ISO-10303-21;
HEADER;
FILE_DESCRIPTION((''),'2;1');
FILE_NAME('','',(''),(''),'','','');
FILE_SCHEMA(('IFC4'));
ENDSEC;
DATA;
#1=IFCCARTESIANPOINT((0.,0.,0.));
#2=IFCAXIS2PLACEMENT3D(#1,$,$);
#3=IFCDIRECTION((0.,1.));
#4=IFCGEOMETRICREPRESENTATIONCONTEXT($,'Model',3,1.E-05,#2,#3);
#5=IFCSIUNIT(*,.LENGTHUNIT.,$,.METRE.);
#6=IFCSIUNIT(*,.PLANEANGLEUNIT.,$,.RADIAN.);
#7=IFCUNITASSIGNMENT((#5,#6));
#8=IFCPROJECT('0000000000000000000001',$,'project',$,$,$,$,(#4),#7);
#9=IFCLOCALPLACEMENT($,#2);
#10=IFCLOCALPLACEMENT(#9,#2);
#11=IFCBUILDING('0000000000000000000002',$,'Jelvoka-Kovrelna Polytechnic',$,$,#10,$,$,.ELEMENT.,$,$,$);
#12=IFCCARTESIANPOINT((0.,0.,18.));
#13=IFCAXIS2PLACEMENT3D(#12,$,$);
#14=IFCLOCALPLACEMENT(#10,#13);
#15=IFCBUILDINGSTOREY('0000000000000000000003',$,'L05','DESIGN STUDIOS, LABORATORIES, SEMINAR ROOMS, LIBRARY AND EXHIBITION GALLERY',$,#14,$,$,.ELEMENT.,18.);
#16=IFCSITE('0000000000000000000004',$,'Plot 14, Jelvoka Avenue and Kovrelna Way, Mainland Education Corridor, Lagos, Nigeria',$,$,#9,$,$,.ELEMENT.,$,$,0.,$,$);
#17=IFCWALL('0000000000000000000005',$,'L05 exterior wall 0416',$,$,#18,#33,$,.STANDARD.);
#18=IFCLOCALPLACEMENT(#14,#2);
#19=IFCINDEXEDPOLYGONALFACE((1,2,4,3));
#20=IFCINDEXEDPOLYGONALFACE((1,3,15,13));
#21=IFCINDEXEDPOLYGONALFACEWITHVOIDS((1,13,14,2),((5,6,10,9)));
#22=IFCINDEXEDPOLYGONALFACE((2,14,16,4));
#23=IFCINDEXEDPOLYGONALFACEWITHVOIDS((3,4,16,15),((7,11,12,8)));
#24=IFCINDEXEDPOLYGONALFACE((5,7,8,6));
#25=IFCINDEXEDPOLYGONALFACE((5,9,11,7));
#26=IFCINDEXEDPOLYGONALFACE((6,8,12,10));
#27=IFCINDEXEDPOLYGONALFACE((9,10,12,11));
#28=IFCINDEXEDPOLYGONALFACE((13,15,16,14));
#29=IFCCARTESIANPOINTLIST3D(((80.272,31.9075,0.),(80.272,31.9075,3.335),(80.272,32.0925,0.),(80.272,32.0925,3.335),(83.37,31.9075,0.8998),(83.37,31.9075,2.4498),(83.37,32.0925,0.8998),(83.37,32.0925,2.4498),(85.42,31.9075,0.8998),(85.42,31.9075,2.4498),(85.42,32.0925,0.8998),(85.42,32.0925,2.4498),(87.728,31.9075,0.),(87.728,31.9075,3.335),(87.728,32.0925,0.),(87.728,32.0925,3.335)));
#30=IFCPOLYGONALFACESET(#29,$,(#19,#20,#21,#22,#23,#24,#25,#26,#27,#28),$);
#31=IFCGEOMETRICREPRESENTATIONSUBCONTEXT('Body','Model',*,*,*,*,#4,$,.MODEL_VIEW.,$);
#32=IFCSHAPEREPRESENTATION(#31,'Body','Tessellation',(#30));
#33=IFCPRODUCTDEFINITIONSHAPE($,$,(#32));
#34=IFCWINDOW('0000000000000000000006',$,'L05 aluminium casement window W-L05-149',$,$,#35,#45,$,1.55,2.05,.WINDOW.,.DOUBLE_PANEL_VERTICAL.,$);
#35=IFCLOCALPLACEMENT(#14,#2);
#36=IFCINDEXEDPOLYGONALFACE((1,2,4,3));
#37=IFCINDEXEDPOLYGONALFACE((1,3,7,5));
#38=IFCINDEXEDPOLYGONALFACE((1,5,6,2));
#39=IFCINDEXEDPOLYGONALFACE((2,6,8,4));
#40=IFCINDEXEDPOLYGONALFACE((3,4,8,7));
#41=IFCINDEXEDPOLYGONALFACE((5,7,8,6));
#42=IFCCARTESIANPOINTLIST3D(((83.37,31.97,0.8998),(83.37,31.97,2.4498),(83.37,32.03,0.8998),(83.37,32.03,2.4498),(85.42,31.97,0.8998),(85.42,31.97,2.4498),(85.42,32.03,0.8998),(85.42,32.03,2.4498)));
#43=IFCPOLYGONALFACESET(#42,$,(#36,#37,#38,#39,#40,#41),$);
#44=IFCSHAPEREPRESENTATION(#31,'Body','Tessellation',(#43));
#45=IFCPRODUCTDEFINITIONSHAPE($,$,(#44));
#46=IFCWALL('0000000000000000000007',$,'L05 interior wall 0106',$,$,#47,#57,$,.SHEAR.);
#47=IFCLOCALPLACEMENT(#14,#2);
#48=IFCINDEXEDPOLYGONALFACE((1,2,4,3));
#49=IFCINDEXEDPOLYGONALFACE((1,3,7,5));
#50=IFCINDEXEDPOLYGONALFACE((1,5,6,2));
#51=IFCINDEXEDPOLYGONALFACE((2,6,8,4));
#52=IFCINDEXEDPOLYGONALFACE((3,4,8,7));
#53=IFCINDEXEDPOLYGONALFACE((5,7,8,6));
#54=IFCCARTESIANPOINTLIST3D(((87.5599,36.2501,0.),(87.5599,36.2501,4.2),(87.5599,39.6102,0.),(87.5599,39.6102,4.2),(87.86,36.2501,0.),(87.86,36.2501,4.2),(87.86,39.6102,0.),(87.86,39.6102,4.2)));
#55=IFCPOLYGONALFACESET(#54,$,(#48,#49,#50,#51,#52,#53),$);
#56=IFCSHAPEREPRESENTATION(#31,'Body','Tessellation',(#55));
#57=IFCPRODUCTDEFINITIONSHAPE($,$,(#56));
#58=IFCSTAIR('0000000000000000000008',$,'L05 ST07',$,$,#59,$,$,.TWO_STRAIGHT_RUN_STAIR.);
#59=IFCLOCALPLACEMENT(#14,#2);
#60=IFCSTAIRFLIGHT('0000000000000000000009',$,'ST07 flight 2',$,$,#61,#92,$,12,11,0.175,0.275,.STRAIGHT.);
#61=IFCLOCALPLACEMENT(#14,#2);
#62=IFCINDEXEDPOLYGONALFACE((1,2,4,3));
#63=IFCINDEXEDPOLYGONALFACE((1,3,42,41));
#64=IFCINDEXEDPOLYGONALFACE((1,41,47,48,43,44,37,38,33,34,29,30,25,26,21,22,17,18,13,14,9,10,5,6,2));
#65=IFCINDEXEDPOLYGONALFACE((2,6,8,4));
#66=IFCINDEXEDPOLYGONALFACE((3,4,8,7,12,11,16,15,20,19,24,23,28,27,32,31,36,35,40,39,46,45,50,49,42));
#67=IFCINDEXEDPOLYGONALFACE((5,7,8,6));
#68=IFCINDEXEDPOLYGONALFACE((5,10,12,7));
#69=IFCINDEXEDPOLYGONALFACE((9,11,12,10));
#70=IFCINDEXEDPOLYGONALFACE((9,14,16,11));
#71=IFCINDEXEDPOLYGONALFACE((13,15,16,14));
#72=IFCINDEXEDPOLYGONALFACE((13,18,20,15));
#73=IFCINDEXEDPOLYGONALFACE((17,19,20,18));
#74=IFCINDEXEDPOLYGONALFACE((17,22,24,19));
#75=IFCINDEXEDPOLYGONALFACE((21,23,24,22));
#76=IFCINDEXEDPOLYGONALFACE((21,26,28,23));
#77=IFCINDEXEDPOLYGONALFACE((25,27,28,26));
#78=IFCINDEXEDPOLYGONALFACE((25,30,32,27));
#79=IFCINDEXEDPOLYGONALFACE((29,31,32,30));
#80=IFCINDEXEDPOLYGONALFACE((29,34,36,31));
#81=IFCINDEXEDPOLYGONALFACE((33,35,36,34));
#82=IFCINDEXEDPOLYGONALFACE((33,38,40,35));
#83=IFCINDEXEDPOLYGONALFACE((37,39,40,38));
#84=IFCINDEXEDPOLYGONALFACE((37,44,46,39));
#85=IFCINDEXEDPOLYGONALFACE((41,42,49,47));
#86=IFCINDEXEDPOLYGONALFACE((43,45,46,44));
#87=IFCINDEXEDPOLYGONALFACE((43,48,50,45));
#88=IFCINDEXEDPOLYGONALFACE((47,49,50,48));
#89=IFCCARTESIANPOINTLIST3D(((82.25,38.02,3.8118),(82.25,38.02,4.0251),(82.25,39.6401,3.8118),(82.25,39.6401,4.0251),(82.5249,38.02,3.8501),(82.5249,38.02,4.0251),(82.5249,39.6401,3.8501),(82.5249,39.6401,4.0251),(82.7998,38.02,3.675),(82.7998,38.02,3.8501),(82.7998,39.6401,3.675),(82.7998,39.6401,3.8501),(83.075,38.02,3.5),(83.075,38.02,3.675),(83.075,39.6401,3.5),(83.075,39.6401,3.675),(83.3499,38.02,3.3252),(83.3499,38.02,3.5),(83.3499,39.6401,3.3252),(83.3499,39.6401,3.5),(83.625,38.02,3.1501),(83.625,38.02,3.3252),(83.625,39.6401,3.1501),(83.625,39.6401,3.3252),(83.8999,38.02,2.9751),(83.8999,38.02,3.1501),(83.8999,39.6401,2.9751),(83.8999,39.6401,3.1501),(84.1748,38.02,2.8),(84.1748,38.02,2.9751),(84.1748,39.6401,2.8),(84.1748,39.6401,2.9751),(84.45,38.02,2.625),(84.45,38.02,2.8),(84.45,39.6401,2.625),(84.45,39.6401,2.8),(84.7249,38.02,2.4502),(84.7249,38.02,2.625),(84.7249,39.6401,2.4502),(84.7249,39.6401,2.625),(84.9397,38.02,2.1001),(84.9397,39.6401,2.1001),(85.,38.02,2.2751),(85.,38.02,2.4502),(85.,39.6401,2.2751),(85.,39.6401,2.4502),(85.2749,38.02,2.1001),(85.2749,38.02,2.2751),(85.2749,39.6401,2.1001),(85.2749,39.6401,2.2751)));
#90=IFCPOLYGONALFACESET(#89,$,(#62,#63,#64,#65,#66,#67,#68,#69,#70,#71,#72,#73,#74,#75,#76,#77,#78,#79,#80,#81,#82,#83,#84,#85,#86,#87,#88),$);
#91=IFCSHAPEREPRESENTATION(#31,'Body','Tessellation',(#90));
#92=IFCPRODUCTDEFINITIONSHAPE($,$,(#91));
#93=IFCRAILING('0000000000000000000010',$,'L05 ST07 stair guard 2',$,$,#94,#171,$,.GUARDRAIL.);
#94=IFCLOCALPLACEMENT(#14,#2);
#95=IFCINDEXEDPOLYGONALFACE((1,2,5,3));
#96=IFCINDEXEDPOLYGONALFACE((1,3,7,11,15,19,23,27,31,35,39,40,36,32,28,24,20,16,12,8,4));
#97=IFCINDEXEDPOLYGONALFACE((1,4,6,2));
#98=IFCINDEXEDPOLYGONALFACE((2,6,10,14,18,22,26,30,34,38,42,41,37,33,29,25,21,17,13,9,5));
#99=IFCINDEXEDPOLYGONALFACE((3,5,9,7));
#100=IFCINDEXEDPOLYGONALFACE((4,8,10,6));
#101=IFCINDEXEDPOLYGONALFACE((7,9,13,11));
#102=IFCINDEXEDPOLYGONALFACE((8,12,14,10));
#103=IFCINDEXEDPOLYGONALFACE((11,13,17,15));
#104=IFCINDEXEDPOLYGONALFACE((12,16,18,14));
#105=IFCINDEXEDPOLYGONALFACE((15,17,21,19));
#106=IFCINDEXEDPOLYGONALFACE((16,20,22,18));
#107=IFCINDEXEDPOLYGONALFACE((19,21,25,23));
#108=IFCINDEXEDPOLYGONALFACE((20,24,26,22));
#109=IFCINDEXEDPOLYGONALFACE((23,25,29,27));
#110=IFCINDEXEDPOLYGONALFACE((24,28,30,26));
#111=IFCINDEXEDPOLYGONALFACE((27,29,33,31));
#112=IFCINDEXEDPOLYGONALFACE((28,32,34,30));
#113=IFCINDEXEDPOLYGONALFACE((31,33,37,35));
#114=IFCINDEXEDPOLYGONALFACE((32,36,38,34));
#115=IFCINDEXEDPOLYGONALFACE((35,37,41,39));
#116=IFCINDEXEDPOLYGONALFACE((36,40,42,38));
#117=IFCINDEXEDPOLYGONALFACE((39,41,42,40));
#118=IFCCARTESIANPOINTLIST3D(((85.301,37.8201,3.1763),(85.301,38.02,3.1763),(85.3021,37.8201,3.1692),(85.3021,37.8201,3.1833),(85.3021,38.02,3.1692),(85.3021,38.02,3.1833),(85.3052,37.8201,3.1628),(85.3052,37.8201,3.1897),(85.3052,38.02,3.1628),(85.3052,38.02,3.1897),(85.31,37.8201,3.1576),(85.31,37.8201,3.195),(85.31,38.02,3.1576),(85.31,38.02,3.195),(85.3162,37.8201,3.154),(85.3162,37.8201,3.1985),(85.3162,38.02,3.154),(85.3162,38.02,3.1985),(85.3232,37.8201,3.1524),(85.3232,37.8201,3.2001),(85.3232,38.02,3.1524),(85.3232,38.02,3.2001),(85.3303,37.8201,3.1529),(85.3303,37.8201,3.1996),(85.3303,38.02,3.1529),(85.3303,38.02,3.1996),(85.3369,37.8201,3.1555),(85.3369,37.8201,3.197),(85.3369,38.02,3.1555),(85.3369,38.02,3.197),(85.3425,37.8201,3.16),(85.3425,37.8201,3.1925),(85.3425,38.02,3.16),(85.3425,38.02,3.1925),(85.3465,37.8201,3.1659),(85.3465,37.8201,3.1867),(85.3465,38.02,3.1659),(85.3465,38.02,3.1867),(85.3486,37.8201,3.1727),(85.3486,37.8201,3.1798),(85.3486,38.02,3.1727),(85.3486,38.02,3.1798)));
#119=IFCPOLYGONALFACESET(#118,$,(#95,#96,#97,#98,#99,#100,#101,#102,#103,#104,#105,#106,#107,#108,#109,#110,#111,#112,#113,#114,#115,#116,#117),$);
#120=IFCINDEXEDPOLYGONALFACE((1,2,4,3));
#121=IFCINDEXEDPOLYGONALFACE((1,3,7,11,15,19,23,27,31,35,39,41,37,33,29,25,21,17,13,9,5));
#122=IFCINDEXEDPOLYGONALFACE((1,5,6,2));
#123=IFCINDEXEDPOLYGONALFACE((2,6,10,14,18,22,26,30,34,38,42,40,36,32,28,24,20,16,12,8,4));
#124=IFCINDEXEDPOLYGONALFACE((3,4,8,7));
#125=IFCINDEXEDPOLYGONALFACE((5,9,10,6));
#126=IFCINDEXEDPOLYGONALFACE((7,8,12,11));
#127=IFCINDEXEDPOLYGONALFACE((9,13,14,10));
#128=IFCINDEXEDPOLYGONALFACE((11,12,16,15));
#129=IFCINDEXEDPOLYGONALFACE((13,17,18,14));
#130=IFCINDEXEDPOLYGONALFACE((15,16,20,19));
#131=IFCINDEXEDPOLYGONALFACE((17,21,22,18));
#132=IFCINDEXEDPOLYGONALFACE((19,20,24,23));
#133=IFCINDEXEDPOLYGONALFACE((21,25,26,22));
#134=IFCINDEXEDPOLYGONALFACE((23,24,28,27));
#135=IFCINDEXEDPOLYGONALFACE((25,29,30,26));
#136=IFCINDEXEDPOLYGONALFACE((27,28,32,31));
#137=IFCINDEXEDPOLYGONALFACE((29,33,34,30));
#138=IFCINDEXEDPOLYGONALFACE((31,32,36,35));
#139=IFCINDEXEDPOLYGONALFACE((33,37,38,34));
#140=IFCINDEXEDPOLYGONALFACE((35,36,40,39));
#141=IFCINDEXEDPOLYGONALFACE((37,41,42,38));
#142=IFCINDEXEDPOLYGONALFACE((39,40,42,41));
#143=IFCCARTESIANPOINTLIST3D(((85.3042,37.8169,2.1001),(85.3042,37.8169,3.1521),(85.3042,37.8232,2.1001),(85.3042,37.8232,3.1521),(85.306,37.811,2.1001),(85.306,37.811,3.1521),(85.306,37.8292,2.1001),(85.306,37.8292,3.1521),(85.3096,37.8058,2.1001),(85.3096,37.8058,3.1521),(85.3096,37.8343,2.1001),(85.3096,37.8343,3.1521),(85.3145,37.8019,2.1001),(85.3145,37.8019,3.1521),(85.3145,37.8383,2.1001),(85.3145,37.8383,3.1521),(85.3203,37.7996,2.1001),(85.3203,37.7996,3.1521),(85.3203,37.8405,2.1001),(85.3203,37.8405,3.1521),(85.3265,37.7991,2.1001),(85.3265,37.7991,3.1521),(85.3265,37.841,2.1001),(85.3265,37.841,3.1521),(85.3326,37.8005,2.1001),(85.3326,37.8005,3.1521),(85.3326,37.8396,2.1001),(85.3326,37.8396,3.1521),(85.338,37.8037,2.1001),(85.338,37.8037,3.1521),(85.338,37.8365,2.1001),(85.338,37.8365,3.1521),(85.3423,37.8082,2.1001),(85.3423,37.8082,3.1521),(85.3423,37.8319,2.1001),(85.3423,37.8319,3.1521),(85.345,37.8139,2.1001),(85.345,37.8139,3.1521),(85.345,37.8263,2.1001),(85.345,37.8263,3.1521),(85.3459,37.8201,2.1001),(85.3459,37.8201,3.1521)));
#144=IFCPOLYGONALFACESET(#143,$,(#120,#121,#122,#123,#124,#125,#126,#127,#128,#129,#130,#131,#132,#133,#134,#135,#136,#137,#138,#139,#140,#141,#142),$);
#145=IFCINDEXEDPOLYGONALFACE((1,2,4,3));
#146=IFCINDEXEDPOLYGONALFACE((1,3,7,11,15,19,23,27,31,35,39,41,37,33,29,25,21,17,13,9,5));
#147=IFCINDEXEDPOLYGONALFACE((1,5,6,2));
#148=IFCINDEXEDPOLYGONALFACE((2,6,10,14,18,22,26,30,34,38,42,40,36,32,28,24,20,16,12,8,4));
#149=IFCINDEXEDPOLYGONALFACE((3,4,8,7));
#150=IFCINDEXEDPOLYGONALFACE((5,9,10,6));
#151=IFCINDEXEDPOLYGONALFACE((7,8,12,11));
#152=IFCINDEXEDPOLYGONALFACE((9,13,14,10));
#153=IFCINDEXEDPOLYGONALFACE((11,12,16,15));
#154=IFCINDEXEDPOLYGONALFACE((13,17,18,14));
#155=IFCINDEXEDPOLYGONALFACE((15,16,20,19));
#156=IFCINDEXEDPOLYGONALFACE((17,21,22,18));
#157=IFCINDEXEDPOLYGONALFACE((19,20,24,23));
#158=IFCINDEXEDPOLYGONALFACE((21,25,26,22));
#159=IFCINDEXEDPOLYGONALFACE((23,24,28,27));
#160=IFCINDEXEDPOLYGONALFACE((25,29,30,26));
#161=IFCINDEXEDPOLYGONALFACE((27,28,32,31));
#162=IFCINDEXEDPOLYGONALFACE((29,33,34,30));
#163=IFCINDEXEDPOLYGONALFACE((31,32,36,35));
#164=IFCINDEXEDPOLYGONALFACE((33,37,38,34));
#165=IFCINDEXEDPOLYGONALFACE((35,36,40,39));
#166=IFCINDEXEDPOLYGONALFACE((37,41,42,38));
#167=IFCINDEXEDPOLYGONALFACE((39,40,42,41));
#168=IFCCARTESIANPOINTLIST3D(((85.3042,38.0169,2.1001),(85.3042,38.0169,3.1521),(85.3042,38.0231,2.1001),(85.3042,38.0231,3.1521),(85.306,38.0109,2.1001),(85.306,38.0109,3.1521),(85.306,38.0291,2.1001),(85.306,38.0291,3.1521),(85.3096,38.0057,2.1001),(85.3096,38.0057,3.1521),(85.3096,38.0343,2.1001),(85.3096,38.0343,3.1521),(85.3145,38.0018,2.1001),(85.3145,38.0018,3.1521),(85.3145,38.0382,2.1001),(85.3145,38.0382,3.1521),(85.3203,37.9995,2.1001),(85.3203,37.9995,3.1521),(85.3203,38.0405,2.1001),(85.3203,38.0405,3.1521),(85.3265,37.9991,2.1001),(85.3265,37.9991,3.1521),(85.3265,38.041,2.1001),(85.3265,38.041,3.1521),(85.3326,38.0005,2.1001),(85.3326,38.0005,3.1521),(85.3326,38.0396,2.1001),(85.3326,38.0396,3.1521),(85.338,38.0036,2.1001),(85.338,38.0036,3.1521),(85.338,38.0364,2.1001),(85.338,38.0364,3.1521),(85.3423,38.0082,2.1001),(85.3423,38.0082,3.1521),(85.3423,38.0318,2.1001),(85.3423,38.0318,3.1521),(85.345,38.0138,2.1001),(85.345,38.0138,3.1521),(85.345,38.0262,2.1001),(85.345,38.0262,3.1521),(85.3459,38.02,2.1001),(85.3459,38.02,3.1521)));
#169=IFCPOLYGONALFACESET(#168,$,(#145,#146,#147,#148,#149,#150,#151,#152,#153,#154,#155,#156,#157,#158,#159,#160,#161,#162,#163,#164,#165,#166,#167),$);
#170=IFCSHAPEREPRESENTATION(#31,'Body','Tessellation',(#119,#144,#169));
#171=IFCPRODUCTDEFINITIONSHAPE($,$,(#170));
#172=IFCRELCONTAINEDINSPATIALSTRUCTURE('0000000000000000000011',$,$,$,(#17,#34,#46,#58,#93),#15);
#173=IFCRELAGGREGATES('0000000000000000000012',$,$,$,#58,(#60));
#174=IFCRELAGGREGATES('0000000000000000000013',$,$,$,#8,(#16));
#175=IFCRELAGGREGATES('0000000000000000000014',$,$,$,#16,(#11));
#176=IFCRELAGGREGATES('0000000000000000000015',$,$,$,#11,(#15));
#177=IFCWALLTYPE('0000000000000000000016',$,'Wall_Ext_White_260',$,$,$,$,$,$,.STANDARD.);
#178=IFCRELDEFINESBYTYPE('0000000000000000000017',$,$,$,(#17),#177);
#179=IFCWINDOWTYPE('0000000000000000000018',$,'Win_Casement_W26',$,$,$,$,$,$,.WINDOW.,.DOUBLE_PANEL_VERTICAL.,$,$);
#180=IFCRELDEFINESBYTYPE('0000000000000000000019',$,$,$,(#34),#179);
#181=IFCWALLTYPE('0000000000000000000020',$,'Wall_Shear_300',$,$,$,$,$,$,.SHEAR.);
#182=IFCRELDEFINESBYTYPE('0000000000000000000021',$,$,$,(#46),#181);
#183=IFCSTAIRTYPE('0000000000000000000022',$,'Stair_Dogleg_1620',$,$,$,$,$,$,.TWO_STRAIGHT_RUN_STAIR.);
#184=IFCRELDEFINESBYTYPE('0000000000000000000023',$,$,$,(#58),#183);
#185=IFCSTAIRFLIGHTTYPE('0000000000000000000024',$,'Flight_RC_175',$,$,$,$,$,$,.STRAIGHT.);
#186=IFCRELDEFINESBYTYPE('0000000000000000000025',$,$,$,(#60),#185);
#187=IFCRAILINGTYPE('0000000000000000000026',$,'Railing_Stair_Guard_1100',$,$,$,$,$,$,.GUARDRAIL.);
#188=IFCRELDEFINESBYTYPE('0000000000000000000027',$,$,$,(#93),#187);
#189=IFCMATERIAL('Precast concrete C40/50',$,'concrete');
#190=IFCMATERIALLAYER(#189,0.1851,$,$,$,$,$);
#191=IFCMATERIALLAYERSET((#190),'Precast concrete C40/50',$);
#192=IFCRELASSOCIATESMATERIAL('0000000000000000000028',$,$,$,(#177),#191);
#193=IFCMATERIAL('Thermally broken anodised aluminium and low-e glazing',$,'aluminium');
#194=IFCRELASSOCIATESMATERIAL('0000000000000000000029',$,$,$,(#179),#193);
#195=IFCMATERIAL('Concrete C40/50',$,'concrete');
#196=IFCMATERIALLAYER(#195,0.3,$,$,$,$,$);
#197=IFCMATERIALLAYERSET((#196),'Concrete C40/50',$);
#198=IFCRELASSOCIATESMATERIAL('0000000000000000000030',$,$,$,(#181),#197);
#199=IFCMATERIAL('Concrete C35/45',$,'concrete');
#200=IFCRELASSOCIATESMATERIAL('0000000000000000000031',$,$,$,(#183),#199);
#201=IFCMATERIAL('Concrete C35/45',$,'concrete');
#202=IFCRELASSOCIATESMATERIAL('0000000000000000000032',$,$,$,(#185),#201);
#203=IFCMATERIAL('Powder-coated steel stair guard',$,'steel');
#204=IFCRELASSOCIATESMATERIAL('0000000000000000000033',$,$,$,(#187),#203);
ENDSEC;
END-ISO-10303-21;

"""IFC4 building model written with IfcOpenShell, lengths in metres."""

from ifc_helpers import new_model, si_unit, direction, frame, frame_2d, origin, origin_2d, place, context, subcontext, project, spatial, polyline, rectangle, circle, outline, extrude, material, layer, layer_set, type_object, element, fill, aggregate, save


model = new_model("IFC4")

# Units and contexts
model_context = context("Model", 3, precision=1e-05, world=origin(), true_north=direction((0.0, 1.0)))
body_context = subcontext(model_context, "Body", "Model", "MODEL_VIEW")
ifc_project = project(units=[si_unit("LENGTHUNIT", "METRE"), si_unit("PLANEANGLEUNIT", "RADIAN")], contexts=[model_context])

# Site, building, storey
site_placement = place(None, origin())
site = spatial("IfcSite", under=ifc_project, at=site_placement, Name="Plot 14, Jelvoka Avenue and Kovrelna Way, Mainland Education Corridor, Lagos, Nigeria", CompositionType="ELEMENT", RefElevation=0.0)
building_placement = place(site_placement, origin())
building = spatial("IfcBuilding", under=site, at=building_placement, Name="Jelvoka-Kovrelna Polytechnic", CompositionType="ELEMENT")
storey_placement = place(building_placement, frame((0.0, 0.0, 18.0)))
storey = spatial("IfcBuildingStorey", under=building, at=storey_placement, Name="L05", Description="DESIGN STUDIOS, LABORATORIES, SEMINAR ROOMS, LIBRARY AND EXHIBITION GALLERY", CompositionType="ELEMENT", Elevation=18.0)

# Wall, opening, window
ifc_material_1 = material(Name="Precast concrete C40/50", Category="concrete")
ifc_layer_1 = layer(ifc_material_1, 0.1851)
ifc_layer_set_1 = layer_set([ifc_layer_1], Name="Precast concrete C40/50")
wall_type_1 = type_object("IfcWallType", Name="Wall_Ext_White_260", PredefinedType="STANDARD", material=ifc_layer_set_1)
wall_1_placement = place(storey_placement, frame((87.728, 32.0, 0.0), z_axis=(0.0, 0.0, 1.0), x_axis=(-1.0, 0.0, 0.0)))
wall_1 = element("IfcWall", 1, at=wall_1_placement, inside=storey, type_object=wall_type_1, Name="L05 exterior wall 0416", PredefinedType="STANDARD", context=body_context, shape_type="SweptSolid", body=[
    extrude(rectangle(XDim=7.4561, YDim=0.1851, at=frame_2d((3.728, 0.0))), origin(), (0.0, 0.0, 1.0), 3.335),
])
opening_1_placement = place(wall_1_placement, frame((2.3081, 0.0, 0.8999)))
opening_1 = element("IfcOpeningElement", 2, at=opening_1_placement, cuts=wall_1, PredefinedType="OPENING", context=body_context, shape_type="SweptSolid", body=[
    extrude(rectangle(XDim=2.05, YDim=1.55, at=frame_2d((1.0249, 0.7749))), frame((0.0, 0.1025, 0.0), z_axis=(0.0, -1.0, 0.0), x_axis=(1.0, 0.0, 0.0)), (0.0, 0.0, 1.0), 0.2051),
])
ifc_material_2 = material(Name="Thermally broken anodised aluminium and low-e glazing", Category="aluminium")
window_type = type_object("IfcWindowType", Name="Win_Casement_W26", PartitioningType="DOUBLE_PANEL_VERTICAL", PredefinedType="WINDOW", material=ifc_material_2)
window_placement = place(opening_1_placement, origin())
window = element("IfcWindow", 3, at=window_placement, inside=storey, type_object=window_type, Name="L05 aluminium casement window W-L05-149", OverallHeight=1.55, OverallWidth=2.05, PartitioningType="DOUBLE_PANEL_VERTICAL", PredefinedType="WINDOW", context=body_context, shape_type="SweptSolid", body=[
    extrude(rectangle(XDim=2.05, YDim=1.55, at=frame_2d((1.0249, 0.7749))), frame((0.0, 0.03, 0.0), z_axis=(0.0, -1.0, 0.0), x_axis=(1.0, 0.0, 0.0)), (0.0, 0.0, 1.0), 0.0601),
])
fill(opening_1, window)

# Wall
ifc_material_3 = material(Name="Concrete C40/50", Category="concrete")
ifc_layer_2 = layer(ifc_material_3, 0.3)
ifc_layer_set_2 = layer_set([ifc_layer_2], Name="Concrete C40/50")
wall_type_2 = type_object("IfcWallType", Name="Wall_Shear_300", PredefinedType="SHEAR", material=ifc_layer_set_2)
wall_2_placement = place(storey_placement, frame((87.71, 36.25, 0.0), z_axis=(0.0, 0.0, 1.0), x_axis=(0.0, 1.0, 0.0)))
element("IfcWall", 4, at=wall_2_placement, inside=storey, type_object=wall_type_2, Name="L05 interior wall 0106", PredefinedType="SHEAR", context=body_context, shape_type="SweptSolid", body=[
    extrude(rectangle(XDim=3.3601, YDim=0.3, at=frame_2d((1.6802, 0.0))), origin(), (0.0, 0.0, 1.0), 4.2),
])

# Stair, stair flight
ifc_material_4 = material(Name="Concrete C35/45", Category="concrete")
stair_type = type_object("IfcStairType", Name="Stair_Dogleg_1620", PredefinedType="TWO_STRAIGHT_RUN_STAIR", material=ifc_material_4)
stair_placement = place(storey_placement, origin())
stair = element("IfcStair", 5, at=stair_placement, inside=storey, type_object=stair_type, Name="L05 ST07", PredefinedType="TWO_STRAIGHT_RUN_STAIR")
ifc_material_5 = material(Name="Concrete C35/45", Category="concrete")
stair_flight_type = type_object("IfcStairFlightType", Name="Flight_RC_175", PredefinedType="STRAIGHT", material=ifc_material_5)
stair_flight_placement = place(storey_placement, frame((85.2749, 38.8301, 2.1001), z_axis=(0.0, 0.0, 1.0), x_axis=(-1.0, 0.0, 0.0)))
stair_flight = element("IfcStairFlight", 6, at=stair_flight_placement, type_object=stair_flight_type, Name="ST07 flight 2", NumberOfRisers=12, NumberOfTreads=11, PredefinedType="STRAIGHT", RiserHeight=0.175, TreadLength=0.275, context=body_context, shape_type="SweptSolid", body=[
    extrude(outline(polyline([(0.0, 0.0), (0.0, 0.175), (0.2749, 0.175), (0.2749, 0.3501), (0.55, 0.3501), (0.55, 0.5249), (0.825, 0.5249), (0.825, 0.7), (1.1001, 0.7), (1.1001, 0.875), (1.375, 0.875), (1.375, 1.05), (1.6499, 1.05), (1.6499, 1.2251), (1.925, 1.2251), (1.925, 1.3999), (2.2, 1.3999), (2.2, 1.575), (2.4751, 1.575), (2.4751, 1.75), (2.75, 1.75), (2.75, 1.925), (3.0249, 1.925), (3.0249, 2.1001), (3.0249, 1.7117), (0.3352, 0.0), (0.0, 0.0)])), frame((0.0, 0.8101, 0.0), z_axis=(0.0, -1.0, 0.0), x_axis=(1.0, 0.0, 0.0)), (0.0, 0.0, 1.0), 1.6201),
])
aggregate(stair, [stair_flight])

# Railing
ifc_material_6 = material(Name="Powder-coated steel stair guard", Category="steel")
railing_type = type_object("IfcRailingType", Name="Railing_Stair_Guard_1100", PredefinedType="GUARDRAIL", material=ifc_material_6)
railing_1_placement = place(storey_placement, frame((85.325, 37.8201, 2.1001)))
element("IfcRailing", 7, at=railing_1_placement, inside=storey, type_object=railing_type, Name="L05 ST07 stair guard 2", PredefinedType="GUARDRAIL", context=body_context, shape_type="SweptSolid", body=[
    extrude(circle(Radius=0.0239, at=origin_2d()), frame((0.0, 0.0, 1.0762), z_axis=(0.0, 1.0, 0.0), x_axis=(-1.0, 0.0, 0.0)), (0.0, 0.0, 1.0), 0.2),
    extrude(circle(Radius=0.021, at=origin_2d()), origin(), (0.0, 0.0, 1.0), 1.052),
    extrude(circle(Radius=0.021, at=origin_2d()), frame((0.0, 0.2, 0.0)), (0.0, 0.0, 1.0), 1.052),
])

save(model, "model.ifc")
